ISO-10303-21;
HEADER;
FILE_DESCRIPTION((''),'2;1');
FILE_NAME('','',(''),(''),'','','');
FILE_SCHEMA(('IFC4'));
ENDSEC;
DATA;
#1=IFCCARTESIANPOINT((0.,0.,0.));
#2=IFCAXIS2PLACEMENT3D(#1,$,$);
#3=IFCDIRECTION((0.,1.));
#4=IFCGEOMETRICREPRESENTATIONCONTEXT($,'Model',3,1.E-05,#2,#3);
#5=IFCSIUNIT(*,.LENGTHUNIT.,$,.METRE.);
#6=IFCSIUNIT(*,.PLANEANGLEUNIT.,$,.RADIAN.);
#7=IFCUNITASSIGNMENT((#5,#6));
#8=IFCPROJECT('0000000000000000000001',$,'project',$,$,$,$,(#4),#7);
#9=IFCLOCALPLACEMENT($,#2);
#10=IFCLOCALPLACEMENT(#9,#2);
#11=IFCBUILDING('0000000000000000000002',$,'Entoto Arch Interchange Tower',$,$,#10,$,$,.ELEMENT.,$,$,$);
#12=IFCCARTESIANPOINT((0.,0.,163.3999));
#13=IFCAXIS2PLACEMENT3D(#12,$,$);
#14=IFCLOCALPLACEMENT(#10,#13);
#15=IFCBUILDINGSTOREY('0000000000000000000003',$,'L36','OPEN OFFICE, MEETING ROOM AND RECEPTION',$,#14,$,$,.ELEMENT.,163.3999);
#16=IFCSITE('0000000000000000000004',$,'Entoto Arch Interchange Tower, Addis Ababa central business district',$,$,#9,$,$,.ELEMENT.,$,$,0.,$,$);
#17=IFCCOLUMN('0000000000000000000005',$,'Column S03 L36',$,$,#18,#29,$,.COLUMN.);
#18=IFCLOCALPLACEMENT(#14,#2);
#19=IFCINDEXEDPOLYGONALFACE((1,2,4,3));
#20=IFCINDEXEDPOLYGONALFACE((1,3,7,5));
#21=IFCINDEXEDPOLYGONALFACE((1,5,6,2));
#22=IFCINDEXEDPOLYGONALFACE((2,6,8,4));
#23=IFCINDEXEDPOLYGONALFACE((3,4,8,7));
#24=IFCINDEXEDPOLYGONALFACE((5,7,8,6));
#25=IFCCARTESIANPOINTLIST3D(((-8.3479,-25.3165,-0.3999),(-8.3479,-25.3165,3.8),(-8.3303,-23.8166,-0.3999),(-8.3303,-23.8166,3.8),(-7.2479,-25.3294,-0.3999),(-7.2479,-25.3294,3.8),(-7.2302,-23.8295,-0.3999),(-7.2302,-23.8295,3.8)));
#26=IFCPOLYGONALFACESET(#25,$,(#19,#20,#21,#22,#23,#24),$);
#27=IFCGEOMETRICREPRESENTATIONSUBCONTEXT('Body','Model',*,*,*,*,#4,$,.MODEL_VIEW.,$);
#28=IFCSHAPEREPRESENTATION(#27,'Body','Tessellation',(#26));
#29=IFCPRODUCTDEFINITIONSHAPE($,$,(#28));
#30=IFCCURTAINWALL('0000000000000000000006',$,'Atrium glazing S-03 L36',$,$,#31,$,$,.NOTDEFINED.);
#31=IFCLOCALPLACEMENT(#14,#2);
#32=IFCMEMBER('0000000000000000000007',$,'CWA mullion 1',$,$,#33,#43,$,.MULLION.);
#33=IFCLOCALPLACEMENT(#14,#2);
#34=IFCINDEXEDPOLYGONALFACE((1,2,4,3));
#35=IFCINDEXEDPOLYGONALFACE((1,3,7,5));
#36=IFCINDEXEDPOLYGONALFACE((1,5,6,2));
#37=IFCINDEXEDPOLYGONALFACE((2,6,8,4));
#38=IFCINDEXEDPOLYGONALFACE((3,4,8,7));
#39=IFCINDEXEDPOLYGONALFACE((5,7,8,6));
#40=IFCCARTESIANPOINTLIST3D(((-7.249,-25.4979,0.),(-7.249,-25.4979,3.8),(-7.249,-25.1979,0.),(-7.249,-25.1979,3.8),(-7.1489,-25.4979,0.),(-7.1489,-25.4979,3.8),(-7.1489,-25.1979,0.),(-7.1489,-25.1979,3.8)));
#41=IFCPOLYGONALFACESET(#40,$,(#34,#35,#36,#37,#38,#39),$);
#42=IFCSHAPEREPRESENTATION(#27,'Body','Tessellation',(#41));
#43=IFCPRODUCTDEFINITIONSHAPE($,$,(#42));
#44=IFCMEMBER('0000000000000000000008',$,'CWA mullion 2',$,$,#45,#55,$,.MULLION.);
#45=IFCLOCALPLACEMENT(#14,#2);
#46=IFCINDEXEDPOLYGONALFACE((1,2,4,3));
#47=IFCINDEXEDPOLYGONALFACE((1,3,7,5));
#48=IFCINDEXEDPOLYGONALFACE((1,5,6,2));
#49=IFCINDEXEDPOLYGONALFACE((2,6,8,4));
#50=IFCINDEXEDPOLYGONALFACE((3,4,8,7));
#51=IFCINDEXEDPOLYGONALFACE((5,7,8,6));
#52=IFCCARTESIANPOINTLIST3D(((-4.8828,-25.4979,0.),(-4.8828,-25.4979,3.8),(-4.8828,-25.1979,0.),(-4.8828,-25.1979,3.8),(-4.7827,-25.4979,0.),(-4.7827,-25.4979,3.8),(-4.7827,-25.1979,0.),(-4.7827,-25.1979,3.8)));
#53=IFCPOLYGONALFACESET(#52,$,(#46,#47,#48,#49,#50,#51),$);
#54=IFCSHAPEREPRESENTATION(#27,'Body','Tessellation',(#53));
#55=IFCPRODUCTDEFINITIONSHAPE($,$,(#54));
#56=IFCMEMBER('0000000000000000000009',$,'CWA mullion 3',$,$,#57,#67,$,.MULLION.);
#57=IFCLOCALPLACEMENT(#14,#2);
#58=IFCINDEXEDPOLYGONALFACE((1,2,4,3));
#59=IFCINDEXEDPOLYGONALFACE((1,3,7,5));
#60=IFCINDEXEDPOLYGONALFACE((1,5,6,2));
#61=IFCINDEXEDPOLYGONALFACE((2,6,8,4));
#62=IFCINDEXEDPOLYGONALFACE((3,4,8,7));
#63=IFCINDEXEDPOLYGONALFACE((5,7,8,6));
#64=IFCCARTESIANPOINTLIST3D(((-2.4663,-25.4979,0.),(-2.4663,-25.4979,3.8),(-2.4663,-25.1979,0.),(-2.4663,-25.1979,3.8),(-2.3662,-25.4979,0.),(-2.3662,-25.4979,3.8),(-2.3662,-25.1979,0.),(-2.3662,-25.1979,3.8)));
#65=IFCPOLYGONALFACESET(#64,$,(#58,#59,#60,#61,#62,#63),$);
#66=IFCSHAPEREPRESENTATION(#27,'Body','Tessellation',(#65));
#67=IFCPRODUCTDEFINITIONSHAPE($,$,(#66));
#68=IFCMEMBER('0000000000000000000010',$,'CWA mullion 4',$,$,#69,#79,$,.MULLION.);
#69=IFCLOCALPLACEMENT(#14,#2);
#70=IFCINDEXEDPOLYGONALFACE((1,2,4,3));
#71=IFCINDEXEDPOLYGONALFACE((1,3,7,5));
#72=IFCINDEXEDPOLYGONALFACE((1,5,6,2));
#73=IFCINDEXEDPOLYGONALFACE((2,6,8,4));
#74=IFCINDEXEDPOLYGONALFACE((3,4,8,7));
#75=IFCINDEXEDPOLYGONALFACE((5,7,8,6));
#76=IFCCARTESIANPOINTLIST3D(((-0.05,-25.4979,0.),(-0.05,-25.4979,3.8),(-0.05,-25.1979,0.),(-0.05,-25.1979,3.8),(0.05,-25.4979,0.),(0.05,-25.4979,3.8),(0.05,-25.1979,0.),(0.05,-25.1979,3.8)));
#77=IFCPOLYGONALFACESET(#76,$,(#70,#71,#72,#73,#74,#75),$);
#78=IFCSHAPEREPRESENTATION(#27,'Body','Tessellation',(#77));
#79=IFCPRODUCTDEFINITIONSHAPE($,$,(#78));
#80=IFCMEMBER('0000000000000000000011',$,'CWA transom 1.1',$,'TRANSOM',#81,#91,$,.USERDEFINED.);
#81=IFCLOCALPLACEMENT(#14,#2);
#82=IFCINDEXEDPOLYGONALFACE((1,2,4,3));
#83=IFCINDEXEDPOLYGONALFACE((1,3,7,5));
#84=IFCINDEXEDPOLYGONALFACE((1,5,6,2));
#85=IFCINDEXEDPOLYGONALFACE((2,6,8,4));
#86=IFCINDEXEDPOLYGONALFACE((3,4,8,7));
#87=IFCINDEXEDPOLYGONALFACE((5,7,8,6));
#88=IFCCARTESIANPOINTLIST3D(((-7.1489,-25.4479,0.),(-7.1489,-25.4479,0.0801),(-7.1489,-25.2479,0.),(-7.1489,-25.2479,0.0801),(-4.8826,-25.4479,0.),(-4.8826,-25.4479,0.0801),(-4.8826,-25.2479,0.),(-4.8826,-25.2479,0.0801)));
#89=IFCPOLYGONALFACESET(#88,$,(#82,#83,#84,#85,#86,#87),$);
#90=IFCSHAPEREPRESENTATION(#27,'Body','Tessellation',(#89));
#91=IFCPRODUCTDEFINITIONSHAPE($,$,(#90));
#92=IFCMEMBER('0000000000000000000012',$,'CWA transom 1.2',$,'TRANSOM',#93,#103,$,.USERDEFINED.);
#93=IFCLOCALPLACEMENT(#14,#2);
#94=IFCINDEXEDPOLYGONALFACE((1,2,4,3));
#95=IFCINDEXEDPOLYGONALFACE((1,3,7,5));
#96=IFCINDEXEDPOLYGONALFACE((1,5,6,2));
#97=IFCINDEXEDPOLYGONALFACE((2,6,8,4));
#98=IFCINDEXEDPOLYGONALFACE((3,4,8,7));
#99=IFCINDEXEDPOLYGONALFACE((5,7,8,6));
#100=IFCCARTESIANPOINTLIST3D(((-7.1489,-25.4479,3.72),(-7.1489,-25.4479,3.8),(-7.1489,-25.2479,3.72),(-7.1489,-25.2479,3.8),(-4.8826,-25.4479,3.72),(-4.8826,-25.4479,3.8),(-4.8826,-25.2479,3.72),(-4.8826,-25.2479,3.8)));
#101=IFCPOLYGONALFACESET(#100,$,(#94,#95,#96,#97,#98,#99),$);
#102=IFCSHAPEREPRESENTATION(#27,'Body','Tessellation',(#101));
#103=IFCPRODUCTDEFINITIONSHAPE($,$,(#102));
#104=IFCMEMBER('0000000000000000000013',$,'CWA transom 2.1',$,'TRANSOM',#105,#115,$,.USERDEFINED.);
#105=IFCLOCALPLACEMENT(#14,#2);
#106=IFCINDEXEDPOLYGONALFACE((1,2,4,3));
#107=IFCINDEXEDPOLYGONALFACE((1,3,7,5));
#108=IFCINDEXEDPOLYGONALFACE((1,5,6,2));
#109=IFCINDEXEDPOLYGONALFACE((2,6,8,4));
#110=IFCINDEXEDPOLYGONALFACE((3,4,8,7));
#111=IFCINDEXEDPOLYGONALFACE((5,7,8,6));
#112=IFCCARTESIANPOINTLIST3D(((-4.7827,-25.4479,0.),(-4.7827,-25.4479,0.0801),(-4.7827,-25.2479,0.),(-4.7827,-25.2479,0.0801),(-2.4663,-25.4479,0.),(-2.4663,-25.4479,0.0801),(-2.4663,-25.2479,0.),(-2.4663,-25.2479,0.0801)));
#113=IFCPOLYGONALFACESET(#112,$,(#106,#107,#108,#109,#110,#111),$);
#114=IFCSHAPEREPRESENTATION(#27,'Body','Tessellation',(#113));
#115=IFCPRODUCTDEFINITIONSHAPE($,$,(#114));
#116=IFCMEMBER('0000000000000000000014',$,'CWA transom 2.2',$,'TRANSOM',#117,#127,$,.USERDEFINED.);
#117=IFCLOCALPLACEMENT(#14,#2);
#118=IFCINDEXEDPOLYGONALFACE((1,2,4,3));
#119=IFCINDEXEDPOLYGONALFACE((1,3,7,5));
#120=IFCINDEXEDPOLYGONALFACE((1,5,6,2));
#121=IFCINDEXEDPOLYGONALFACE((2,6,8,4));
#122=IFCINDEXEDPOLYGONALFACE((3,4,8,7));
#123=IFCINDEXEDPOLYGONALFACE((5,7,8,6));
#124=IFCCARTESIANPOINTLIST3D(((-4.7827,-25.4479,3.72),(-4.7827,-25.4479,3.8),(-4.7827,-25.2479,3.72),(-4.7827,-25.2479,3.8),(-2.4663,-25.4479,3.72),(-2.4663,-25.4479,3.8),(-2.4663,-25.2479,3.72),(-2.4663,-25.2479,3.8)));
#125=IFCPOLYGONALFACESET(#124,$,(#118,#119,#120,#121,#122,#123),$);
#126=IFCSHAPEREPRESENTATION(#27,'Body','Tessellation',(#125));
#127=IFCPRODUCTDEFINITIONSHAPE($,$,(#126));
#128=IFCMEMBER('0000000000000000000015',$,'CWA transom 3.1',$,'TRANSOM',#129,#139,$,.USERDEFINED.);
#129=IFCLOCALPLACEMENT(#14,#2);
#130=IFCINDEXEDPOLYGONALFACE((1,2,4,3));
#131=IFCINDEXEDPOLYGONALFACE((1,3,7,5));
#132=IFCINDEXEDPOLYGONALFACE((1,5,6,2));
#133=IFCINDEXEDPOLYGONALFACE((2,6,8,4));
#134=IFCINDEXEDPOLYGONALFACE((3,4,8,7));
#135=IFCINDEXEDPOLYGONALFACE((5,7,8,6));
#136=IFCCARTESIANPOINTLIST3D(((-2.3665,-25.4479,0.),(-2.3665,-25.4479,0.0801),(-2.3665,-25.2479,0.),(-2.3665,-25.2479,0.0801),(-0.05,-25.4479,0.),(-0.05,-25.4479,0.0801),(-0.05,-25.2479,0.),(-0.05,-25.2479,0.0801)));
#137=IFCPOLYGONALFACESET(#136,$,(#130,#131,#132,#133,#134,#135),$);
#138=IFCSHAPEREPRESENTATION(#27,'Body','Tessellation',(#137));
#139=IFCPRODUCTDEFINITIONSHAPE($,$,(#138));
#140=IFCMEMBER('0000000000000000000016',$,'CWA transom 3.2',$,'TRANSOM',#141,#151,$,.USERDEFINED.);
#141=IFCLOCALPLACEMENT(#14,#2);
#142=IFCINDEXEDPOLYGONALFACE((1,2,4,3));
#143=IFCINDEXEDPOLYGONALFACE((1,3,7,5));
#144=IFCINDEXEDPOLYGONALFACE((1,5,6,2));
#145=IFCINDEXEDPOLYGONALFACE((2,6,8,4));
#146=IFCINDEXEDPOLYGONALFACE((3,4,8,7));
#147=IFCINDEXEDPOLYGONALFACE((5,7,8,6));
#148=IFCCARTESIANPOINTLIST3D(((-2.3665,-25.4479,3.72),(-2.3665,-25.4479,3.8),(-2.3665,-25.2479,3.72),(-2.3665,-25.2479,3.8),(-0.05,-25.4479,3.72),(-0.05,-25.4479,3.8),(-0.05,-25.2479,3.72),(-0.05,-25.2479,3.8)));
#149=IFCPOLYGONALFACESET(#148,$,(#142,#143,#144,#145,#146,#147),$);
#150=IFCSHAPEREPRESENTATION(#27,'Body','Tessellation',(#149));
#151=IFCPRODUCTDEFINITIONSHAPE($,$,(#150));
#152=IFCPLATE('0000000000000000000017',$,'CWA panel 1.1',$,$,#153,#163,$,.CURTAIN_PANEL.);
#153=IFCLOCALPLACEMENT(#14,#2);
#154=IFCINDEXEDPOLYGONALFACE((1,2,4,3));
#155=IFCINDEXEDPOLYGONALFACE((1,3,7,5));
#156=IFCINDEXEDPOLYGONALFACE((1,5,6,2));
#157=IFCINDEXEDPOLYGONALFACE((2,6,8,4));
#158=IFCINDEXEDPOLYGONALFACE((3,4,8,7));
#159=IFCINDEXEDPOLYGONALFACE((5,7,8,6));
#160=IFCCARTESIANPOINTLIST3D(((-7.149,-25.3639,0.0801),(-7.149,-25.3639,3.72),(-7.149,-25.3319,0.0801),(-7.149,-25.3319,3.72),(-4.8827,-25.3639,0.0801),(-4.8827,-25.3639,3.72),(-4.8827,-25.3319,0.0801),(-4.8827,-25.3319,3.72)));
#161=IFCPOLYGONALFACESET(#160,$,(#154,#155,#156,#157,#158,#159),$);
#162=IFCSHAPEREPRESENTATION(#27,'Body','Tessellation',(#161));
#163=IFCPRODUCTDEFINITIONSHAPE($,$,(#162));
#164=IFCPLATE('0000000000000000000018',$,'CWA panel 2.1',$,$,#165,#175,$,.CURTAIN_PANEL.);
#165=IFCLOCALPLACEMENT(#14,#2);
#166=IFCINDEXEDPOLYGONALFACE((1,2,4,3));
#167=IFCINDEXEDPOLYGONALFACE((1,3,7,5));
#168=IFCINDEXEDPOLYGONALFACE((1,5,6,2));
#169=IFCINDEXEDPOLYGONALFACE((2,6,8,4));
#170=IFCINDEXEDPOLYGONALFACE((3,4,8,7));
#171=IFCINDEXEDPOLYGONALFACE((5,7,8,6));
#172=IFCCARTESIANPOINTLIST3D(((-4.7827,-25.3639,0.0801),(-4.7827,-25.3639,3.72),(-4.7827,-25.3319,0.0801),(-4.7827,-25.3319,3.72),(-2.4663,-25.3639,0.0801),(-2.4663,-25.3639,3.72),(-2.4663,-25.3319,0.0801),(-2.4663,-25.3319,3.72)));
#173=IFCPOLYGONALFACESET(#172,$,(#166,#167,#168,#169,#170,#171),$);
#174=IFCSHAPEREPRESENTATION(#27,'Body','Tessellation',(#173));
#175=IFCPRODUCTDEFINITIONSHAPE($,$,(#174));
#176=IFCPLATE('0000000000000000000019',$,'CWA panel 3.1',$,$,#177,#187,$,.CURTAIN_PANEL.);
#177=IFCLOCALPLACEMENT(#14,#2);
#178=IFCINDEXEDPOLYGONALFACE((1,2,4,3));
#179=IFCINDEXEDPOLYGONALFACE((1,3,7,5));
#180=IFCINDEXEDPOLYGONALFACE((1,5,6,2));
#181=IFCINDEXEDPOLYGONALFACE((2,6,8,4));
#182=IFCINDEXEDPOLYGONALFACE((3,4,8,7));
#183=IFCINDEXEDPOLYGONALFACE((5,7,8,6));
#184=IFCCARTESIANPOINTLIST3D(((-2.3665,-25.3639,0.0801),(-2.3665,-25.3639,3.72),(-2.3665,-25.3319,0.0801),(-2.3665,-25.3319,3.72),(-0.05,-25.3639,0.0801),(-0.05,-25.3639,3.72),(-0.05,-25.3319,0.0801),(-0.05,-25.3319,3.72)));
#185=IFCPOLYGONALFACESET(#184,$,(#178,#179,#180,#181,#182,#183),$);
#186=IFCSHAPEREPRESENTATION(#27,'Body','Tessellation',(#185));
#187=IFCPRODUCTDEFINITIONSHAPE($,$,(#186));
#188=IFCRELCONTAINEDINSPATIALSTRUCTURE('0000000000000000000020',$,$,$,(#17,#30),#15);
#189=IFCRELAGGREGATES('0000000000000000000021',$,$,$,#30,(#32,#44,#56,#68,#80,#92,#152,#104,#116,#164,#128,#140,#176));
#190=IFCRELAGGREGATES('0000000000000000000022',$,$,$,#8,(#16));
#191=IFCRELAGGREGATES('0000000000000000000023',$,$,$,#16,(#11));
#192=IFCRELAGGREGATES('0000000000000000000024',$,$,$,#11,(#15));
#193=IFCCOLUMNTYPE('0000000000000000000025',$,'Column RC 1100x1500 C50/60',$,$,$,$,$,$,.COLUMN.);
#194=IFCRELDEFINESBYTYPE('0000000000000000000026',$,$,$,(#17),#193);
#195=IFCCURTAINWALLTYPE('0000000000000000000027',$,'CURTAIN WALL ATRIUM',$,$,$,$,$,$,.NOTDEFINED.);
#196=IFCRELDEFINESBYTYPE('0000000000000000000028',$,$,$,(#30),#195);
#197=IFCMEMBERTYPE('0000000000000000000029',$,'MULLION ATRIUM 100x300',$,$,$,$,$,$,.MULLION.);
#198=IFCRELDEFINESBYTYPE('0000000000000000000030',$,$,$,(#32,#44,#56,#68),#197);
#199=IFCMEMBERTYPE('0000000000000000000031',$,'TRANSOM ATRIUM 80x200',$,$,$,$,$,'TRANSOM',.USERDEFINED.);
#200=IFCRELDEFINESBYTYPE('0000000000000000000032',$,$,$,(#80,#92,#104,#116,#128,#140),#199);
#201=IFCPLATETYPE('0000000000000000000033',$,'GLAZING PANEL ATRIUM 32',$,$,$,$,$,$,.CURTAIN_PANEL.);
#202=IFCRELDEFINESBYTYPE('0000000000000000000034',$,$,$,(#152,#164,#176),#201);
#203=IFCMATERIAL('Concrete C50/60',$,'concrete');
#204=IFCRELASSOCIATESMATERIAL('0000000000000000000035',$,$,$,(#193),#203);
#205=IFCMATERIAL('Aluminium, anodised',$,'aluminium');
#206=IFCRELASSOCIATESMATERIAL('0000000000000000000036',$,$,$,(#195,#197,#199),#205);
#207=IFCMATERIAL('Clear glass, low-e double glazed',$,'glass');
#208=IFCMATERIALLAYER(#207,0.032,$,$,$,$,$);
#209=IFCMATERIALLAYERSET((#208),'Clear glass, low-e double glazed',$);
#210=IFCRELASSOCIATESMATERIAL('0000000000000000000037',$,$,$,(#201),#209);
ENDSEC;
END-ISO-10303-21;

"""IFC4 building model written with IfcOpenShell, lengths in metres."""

from ifc_helpers import new_model, si_unit, direction, frame, origin, origin_2d, place, context, subcontext, project, spatial, rectangle, extrude, material, layer, layer_set, material_profile, profile_set, type_object, element, aggregate, save


model = new_model("IFC4")

# Units and contexts
model_context = context("Model", 3, precision=1e-05, world=origin(), true_north=direction((0.0, 1.0)))
body_context = subcontext(model_context, "Body", "Model", "MODEL_VIEW")
ifc_project = project(units=[si_unit("LENGTHUNIT", "METRE"), si_unit("PLANEANGLEUNIT", "RADIAN")], contexts=[model_context])

# Site, building, storey
site_placement = place(None, origin())
site = spatial("IfcSite", under=ifc_project, at=site_placement, Name="Entoto Arch Interchange Tower, Addis Ababa central business district", CompositionType="ELEMENT", RefElevation=0.0)
building_placement = place(site_placement, origin())
building = spatial("IfcBuilding", under=site, at=building_placement, Name="Entoto Arch Interchange Tower", CompositionType="ELEMENT")
storey_placement = place(building_placement, frame((0.0, 0.0, 163.3999)))
storey = spatial("IfcBuildingStorey", under=building, at=storey_placement, Name="L36", Description="OPEN OFFICE, MEETING ROOM AND RECEPTION", CompositionType="ELEMENT", Elevation=163.3999)

# Column
ifc_material_1 = material(Name="Concrete C50/60", Category="concrete")
ifc_material_profile_1 = material_profile(ifc_material_1, rectangle(XDim=1.1001, YDim=1.5, at=origin_2d()))
ifc_profile_set_1 = profile_set([ifc_material_profile_1], Name="Concrete C50/60")
column_type = type_object("IfcColumnType", Name="Column RC 1100x1500 C50/60", PredefinedType="COLUMN", material=ifc_profile_set_1)
column_placement = place(storey_placement, frame((-7.7891, -24.573, -0.3999), z_axis=(0.0, 0.0, 1.0), x_axis=(-0.999931, 0.011746, 0.0)))
element("IfcColumn", 1, at=column_placement, inside=storey, type_object=column_type, Name="Column S03 L36", PredefinedType="COLUMN", context=body_context, shape_type="SweptSolid", body=[
    extrude(rectangle(XDim=1.1001, YDim=1.5, at=origin_2d()), origin(), (0.0, 0.0, 1.0), 4.2),
])

# Curtain wall, members, plates
ifc_material_2 = material(Name="Aluminium, anodised", Category="aluminium")
curtain_wall_type = type_object("IfcCurtainWallType", Name="CURTAIN WALL ATRIUM", PredefinedType="NOTDEFINED", material=ifc_material_2)
curtain_wall_placement = place(storey_placement, origin())
curtain_wall = element("IfcCurtainWall", 2, at=curtain_wall_placement, inside=storey, type_object=curtain_wall_type, Name="Atrium glazing S-03 L36", PredefinedType="NOTDEFINED")
ifc_material_profile_2 = material_profile(ifc_material_2, rectangle(XDim=0.3, YDim=0.1001, at=origin_2d()))
ifc_profile_set_2 = profile_set([ifc_material_profile_2], Name="Aluminium, anodised")
member_type_1 = type_object("IfcMemberType", Name="MULLION ATRIUM 100x300", PredefinedType="MULLION", material=ifc_profile_set_2)
member_1_placement = place(storey_placement, frame((-7.199, -25.3479, 0.0), z_axis=(0.0, 0.0, 1.0), x_axis=(0.0, 1.0, 0.0)))
member_1 = element("IfcMember", 3, at=member_1_placement, type_object=member_type_1, Name="CWA mullion 1", PredefinedType="MULLION", context=body_context, shape_type="SweptSolid", body=[
    extrude(rectangle(XDim=0.3, YDim=0.1001, at=origin_2d()), origin(), (0.0, 0.0, 1.0), 3.8),
])
member_2_placement = place(storey_placement, frame((-4.8328, -25.3479, 0.0), z_axis=(0.0, 0.0, 1.0), x_axis=(0.0, 1.0, 0.0)))
member_2 = element("IfcMember", 4, at=member_2_placement, type_object=member_type_1, Name="CWA mullion 2", PredefinedType="MULLION", context=body_context, shape_type="SweptSolid", body=[
    extrude(rectangle(XDim=0.3, YDim=0.1001, at=origin_2d()), origin(), (0.0, 0.0, 1.0), 3.8),
])
member_3_placement = place(storey_placement, frame((-2.4163, -25.3479, 0.0), z_axis=(0.0, 0.0, 1.0), x_axis=(0.0, 1.0, 0.0)))
member_3 = element("IfcMember", 5, at=member_3_placement, type_object=member_type_1, Name="CWA mullion 3", PredefinedType="MULLION", context=body_context, shape_type="SweptSolid", body=[
    extrude(rectangle(XDim=0.3, YDim=0.1001, at=origin_2d()), origin(), (0.0, 0.0, 1.0), 3.8),
])
member_4_placement = place(storey_placement, frame((0.0, -25.3479, 0.0), z_axis=(0.0, 0.0, 1.0), x_axis=(0.0, 1.0, 0.0)))
member_4 = element("IfcMember", 6, at=member_4_placement, type_object=member_type_1, Name="CWA mullion 4", PredefinedType="MULLION", context=body_context, shape_type="SweptSolid", body=[
    extrude(rectangle(XDim=0.3, YDim=0.1001, at=origin_2d()), origin(), (0.0, 0.0, 1.0), 3.8),
])
ifc_material_profile_3 = material_profile(ifc_material_2, rectangle(XDim=0.2, YDim=0.0801, at=origin_2d()))
ifc_profile_set_3 = profile_set([ifc_material_profile_3], Name="Aluminium, anodised")
member_type_2 = type_object("IfcMemberType", Name="TRANSOM ATRIUM 80x200", ElementType="TRANSOM", PredefinedType="USERDEFINED", material=ifc_profile_set_3)
member_5_placement = place(storey_placement, frame((-7.1489, -25.3479, 0.04), z_axis=(1.0, 0.0, 0.0), x_axis=(0.0, 1.0, 0.0)))
member_5 = element("IfcMember", 7, at=member_5_placement, type_object=member_type_2, Name="CWA transom 1.1", ObjectType="TRANSOM", PredefinedType="USERDEFINED", context=body_context, shape_type="SweptSolid", body=[
    extrude(rectangle(XDim=0.2, YDim=0.0801, at=origin_2d()), origin(), (0.0, 0.0, 1.0), 2.2664),
])
member_6_placement = place(storey_placement, frame((-7.1489, -25.3479, 3.76), z_axis=(1.0, 0.0, 0.0), x_axis=(0.0, 1.0, 0.0)))
member_6 = element("IfcMember", 8, at=member_6_placement, type_object=member_type_2, Name="CWA transom 1.2", ObjectType="TRANSOM", PredefinedType="USERDEFINED", context=body_context, shape_type="SweptSolid", body=[
    extrude(rectangle(XDim=0.2, YDim=0.0801, at=origin_2d()), origin(), (0.0, 0.0, 1.0), 2.2664),
])
member_7_placement = place(storey_placement, frame((-4.7827, -25.3479, 0.04), z_axis=(1.0, 0.0, 0.0), x_axis=(0.0, 1.0, 0.0)))
member_7 = element("IfcMember", 9, at=member_7_placement, type_object=member_type_2, Name="CWA transom 2.1", ObjectType="TRANSOM", PredefinedType="USERDEFINED", context=body_context, shape_type="SweptSolid", body=[
    extrude(rectangle(XDim=0.2, YDim=0.0801, at=origin_2d()), origin(), (0.0, 0.0, 1.0), 2.3164),
])
member_8_placement = place(storey_placement, frame((-4.7827, -25.3479, 3.76), z_axis=(1.0, 0.0, 0.0), x_axis=(0.0, 1.0, 0.0)))
member_8 = element("IfcMember", 10, at=member_8_placement, type_object=member_type_2, Name="CWA transom 2.2", ObjectType="TRANSOM", PredefinedType="USERDEFINED", context=body_context, shape_type="SweptSolid", body=[
    extrude(rectangle(XDim=0.2, YDim=0.0801, at=origin_2d()), origin(), (0.0, 0.0, 1.0), 2.3164),
])
member_9_placement = place(storey_placement, frame((-2.3665, -25.3479, 0.04), z_axis=(1.0, 0.0, 0.0), x_axis=(0.0, 1.0, 0.0)))
member_9 = element("IfcMember", 11, at=member_9_placement, type_object=member_type_2, Name="CWA transom 3.1", ObjectType="TRANSOM", PredefinedType="USERDEFINED", context=body_context, shape_type="SweptSolid", body=[
    extrude(rectangle(XDim=0.2, YDim=0.0801, at=origin_2d()), origin(), (0.0, 0.0, 1.0), 2.3164),
])
member_10_placement = place(storey_placement, frame((-2.3665, -25.3479, 3.76), z_axis=(1.0, 0.0, 0.0), x_axis=(0.0, 1.0, 0.0)))
member_10 = element("IfcMember", 12, at=member_10_placement, type_object=member_type_2, Name="CWA transom 3.2", ObjectType="TRANSOM", PredefinedType="USERDEFINED", context=body_context, shape_type="SweptSolid", body=[
    extrude(rectangle(XDim=0.2, YDim=0.0801, at=origin_2d()), origin(), (0.0, 0.0, 1.0), 2.3164),
])
ifc_material_3 = material(Name="Clear glass, low-e double glazed", Category="glass")
ifc_layer_1 = layer(ifc_material_3, 0.032)
ifc_layer_set_1 = layer_set([ifc_layer_1], Name="Clear glass, low-e double glazed")
plate_type = type_object("IfcPlateType", Name="GLAZING PANEL ATRIUM 32", PredefinedType="CURTAIN_PANEL", material=ifc_layer_set_1)
plate_1_placement = place(storey_placement, frame((-6.0159, -25.3479, 0.0801), z_axis=(0.0, 0.0, 1.0), x_axis=(1.0, 0.0, 0.0)))
plate_1 = element("IfcPlate", 13, at=plate_1_placement, type_object=plate_type, Name="CWA panel 1.1", PredefinedType="CURTAIN_PANEL", context=body_context, shape_type="SweptSolid", body=[
    extrude(rectangle(XDim=2.2664, YDim=0.032, at=origin_2d()), origin(), (0.0, 0.0, 1.0), 3.6399),
])
plate_2_placement = place(storey_placement, frame((-3.6245, -25.3479, 0.0801), z_axis=(0.0, 0.0, 1.0), x_axis=(1.0, 0.0, 0.0)))
plate_2 = element("IfcPlate", 14, at=plate_2_placement, type_object=plate_type, Name="CWA panel 2.1", PredefinedType="CURTAIN_PANEL", context=body_context, shape_type="SweptSolid", body=[
    extrude(rectangle(XDim=2.3164, YDim=0.032, at=origin_2d()), origin(), (0.0, 0.0, 1.0), 3.6399),
])
plate_3_placement = place(storey_placement, frame((-1.2083, -25.3479, 0.0801), z_axis=(0.0, 0.0, 1.0), x_axis=(1.0, 0.0, 0.0)))
plate_3 = element("IfcPlate", 15, at=plate_3_placement, type_object=plate_type, Name="CWA panel 3.1", PredefinedType="CURTAIN_PANEL", context=body_context, shape_type="SweptSolid", body=[
    extrude(rectangle(XDim=2.3164, YDim=0.032, at=origin_2d()), origin(), (0.0, 0.0, 1.0), 3.6399),
])
aggregate(curtain_wall, [member_1, member_2, member_3, member_4, member_5, member_6, plate_1, member_7, member_8, plate_2, member_9, member_10, plate_3])

save(model, "model.ifc")
